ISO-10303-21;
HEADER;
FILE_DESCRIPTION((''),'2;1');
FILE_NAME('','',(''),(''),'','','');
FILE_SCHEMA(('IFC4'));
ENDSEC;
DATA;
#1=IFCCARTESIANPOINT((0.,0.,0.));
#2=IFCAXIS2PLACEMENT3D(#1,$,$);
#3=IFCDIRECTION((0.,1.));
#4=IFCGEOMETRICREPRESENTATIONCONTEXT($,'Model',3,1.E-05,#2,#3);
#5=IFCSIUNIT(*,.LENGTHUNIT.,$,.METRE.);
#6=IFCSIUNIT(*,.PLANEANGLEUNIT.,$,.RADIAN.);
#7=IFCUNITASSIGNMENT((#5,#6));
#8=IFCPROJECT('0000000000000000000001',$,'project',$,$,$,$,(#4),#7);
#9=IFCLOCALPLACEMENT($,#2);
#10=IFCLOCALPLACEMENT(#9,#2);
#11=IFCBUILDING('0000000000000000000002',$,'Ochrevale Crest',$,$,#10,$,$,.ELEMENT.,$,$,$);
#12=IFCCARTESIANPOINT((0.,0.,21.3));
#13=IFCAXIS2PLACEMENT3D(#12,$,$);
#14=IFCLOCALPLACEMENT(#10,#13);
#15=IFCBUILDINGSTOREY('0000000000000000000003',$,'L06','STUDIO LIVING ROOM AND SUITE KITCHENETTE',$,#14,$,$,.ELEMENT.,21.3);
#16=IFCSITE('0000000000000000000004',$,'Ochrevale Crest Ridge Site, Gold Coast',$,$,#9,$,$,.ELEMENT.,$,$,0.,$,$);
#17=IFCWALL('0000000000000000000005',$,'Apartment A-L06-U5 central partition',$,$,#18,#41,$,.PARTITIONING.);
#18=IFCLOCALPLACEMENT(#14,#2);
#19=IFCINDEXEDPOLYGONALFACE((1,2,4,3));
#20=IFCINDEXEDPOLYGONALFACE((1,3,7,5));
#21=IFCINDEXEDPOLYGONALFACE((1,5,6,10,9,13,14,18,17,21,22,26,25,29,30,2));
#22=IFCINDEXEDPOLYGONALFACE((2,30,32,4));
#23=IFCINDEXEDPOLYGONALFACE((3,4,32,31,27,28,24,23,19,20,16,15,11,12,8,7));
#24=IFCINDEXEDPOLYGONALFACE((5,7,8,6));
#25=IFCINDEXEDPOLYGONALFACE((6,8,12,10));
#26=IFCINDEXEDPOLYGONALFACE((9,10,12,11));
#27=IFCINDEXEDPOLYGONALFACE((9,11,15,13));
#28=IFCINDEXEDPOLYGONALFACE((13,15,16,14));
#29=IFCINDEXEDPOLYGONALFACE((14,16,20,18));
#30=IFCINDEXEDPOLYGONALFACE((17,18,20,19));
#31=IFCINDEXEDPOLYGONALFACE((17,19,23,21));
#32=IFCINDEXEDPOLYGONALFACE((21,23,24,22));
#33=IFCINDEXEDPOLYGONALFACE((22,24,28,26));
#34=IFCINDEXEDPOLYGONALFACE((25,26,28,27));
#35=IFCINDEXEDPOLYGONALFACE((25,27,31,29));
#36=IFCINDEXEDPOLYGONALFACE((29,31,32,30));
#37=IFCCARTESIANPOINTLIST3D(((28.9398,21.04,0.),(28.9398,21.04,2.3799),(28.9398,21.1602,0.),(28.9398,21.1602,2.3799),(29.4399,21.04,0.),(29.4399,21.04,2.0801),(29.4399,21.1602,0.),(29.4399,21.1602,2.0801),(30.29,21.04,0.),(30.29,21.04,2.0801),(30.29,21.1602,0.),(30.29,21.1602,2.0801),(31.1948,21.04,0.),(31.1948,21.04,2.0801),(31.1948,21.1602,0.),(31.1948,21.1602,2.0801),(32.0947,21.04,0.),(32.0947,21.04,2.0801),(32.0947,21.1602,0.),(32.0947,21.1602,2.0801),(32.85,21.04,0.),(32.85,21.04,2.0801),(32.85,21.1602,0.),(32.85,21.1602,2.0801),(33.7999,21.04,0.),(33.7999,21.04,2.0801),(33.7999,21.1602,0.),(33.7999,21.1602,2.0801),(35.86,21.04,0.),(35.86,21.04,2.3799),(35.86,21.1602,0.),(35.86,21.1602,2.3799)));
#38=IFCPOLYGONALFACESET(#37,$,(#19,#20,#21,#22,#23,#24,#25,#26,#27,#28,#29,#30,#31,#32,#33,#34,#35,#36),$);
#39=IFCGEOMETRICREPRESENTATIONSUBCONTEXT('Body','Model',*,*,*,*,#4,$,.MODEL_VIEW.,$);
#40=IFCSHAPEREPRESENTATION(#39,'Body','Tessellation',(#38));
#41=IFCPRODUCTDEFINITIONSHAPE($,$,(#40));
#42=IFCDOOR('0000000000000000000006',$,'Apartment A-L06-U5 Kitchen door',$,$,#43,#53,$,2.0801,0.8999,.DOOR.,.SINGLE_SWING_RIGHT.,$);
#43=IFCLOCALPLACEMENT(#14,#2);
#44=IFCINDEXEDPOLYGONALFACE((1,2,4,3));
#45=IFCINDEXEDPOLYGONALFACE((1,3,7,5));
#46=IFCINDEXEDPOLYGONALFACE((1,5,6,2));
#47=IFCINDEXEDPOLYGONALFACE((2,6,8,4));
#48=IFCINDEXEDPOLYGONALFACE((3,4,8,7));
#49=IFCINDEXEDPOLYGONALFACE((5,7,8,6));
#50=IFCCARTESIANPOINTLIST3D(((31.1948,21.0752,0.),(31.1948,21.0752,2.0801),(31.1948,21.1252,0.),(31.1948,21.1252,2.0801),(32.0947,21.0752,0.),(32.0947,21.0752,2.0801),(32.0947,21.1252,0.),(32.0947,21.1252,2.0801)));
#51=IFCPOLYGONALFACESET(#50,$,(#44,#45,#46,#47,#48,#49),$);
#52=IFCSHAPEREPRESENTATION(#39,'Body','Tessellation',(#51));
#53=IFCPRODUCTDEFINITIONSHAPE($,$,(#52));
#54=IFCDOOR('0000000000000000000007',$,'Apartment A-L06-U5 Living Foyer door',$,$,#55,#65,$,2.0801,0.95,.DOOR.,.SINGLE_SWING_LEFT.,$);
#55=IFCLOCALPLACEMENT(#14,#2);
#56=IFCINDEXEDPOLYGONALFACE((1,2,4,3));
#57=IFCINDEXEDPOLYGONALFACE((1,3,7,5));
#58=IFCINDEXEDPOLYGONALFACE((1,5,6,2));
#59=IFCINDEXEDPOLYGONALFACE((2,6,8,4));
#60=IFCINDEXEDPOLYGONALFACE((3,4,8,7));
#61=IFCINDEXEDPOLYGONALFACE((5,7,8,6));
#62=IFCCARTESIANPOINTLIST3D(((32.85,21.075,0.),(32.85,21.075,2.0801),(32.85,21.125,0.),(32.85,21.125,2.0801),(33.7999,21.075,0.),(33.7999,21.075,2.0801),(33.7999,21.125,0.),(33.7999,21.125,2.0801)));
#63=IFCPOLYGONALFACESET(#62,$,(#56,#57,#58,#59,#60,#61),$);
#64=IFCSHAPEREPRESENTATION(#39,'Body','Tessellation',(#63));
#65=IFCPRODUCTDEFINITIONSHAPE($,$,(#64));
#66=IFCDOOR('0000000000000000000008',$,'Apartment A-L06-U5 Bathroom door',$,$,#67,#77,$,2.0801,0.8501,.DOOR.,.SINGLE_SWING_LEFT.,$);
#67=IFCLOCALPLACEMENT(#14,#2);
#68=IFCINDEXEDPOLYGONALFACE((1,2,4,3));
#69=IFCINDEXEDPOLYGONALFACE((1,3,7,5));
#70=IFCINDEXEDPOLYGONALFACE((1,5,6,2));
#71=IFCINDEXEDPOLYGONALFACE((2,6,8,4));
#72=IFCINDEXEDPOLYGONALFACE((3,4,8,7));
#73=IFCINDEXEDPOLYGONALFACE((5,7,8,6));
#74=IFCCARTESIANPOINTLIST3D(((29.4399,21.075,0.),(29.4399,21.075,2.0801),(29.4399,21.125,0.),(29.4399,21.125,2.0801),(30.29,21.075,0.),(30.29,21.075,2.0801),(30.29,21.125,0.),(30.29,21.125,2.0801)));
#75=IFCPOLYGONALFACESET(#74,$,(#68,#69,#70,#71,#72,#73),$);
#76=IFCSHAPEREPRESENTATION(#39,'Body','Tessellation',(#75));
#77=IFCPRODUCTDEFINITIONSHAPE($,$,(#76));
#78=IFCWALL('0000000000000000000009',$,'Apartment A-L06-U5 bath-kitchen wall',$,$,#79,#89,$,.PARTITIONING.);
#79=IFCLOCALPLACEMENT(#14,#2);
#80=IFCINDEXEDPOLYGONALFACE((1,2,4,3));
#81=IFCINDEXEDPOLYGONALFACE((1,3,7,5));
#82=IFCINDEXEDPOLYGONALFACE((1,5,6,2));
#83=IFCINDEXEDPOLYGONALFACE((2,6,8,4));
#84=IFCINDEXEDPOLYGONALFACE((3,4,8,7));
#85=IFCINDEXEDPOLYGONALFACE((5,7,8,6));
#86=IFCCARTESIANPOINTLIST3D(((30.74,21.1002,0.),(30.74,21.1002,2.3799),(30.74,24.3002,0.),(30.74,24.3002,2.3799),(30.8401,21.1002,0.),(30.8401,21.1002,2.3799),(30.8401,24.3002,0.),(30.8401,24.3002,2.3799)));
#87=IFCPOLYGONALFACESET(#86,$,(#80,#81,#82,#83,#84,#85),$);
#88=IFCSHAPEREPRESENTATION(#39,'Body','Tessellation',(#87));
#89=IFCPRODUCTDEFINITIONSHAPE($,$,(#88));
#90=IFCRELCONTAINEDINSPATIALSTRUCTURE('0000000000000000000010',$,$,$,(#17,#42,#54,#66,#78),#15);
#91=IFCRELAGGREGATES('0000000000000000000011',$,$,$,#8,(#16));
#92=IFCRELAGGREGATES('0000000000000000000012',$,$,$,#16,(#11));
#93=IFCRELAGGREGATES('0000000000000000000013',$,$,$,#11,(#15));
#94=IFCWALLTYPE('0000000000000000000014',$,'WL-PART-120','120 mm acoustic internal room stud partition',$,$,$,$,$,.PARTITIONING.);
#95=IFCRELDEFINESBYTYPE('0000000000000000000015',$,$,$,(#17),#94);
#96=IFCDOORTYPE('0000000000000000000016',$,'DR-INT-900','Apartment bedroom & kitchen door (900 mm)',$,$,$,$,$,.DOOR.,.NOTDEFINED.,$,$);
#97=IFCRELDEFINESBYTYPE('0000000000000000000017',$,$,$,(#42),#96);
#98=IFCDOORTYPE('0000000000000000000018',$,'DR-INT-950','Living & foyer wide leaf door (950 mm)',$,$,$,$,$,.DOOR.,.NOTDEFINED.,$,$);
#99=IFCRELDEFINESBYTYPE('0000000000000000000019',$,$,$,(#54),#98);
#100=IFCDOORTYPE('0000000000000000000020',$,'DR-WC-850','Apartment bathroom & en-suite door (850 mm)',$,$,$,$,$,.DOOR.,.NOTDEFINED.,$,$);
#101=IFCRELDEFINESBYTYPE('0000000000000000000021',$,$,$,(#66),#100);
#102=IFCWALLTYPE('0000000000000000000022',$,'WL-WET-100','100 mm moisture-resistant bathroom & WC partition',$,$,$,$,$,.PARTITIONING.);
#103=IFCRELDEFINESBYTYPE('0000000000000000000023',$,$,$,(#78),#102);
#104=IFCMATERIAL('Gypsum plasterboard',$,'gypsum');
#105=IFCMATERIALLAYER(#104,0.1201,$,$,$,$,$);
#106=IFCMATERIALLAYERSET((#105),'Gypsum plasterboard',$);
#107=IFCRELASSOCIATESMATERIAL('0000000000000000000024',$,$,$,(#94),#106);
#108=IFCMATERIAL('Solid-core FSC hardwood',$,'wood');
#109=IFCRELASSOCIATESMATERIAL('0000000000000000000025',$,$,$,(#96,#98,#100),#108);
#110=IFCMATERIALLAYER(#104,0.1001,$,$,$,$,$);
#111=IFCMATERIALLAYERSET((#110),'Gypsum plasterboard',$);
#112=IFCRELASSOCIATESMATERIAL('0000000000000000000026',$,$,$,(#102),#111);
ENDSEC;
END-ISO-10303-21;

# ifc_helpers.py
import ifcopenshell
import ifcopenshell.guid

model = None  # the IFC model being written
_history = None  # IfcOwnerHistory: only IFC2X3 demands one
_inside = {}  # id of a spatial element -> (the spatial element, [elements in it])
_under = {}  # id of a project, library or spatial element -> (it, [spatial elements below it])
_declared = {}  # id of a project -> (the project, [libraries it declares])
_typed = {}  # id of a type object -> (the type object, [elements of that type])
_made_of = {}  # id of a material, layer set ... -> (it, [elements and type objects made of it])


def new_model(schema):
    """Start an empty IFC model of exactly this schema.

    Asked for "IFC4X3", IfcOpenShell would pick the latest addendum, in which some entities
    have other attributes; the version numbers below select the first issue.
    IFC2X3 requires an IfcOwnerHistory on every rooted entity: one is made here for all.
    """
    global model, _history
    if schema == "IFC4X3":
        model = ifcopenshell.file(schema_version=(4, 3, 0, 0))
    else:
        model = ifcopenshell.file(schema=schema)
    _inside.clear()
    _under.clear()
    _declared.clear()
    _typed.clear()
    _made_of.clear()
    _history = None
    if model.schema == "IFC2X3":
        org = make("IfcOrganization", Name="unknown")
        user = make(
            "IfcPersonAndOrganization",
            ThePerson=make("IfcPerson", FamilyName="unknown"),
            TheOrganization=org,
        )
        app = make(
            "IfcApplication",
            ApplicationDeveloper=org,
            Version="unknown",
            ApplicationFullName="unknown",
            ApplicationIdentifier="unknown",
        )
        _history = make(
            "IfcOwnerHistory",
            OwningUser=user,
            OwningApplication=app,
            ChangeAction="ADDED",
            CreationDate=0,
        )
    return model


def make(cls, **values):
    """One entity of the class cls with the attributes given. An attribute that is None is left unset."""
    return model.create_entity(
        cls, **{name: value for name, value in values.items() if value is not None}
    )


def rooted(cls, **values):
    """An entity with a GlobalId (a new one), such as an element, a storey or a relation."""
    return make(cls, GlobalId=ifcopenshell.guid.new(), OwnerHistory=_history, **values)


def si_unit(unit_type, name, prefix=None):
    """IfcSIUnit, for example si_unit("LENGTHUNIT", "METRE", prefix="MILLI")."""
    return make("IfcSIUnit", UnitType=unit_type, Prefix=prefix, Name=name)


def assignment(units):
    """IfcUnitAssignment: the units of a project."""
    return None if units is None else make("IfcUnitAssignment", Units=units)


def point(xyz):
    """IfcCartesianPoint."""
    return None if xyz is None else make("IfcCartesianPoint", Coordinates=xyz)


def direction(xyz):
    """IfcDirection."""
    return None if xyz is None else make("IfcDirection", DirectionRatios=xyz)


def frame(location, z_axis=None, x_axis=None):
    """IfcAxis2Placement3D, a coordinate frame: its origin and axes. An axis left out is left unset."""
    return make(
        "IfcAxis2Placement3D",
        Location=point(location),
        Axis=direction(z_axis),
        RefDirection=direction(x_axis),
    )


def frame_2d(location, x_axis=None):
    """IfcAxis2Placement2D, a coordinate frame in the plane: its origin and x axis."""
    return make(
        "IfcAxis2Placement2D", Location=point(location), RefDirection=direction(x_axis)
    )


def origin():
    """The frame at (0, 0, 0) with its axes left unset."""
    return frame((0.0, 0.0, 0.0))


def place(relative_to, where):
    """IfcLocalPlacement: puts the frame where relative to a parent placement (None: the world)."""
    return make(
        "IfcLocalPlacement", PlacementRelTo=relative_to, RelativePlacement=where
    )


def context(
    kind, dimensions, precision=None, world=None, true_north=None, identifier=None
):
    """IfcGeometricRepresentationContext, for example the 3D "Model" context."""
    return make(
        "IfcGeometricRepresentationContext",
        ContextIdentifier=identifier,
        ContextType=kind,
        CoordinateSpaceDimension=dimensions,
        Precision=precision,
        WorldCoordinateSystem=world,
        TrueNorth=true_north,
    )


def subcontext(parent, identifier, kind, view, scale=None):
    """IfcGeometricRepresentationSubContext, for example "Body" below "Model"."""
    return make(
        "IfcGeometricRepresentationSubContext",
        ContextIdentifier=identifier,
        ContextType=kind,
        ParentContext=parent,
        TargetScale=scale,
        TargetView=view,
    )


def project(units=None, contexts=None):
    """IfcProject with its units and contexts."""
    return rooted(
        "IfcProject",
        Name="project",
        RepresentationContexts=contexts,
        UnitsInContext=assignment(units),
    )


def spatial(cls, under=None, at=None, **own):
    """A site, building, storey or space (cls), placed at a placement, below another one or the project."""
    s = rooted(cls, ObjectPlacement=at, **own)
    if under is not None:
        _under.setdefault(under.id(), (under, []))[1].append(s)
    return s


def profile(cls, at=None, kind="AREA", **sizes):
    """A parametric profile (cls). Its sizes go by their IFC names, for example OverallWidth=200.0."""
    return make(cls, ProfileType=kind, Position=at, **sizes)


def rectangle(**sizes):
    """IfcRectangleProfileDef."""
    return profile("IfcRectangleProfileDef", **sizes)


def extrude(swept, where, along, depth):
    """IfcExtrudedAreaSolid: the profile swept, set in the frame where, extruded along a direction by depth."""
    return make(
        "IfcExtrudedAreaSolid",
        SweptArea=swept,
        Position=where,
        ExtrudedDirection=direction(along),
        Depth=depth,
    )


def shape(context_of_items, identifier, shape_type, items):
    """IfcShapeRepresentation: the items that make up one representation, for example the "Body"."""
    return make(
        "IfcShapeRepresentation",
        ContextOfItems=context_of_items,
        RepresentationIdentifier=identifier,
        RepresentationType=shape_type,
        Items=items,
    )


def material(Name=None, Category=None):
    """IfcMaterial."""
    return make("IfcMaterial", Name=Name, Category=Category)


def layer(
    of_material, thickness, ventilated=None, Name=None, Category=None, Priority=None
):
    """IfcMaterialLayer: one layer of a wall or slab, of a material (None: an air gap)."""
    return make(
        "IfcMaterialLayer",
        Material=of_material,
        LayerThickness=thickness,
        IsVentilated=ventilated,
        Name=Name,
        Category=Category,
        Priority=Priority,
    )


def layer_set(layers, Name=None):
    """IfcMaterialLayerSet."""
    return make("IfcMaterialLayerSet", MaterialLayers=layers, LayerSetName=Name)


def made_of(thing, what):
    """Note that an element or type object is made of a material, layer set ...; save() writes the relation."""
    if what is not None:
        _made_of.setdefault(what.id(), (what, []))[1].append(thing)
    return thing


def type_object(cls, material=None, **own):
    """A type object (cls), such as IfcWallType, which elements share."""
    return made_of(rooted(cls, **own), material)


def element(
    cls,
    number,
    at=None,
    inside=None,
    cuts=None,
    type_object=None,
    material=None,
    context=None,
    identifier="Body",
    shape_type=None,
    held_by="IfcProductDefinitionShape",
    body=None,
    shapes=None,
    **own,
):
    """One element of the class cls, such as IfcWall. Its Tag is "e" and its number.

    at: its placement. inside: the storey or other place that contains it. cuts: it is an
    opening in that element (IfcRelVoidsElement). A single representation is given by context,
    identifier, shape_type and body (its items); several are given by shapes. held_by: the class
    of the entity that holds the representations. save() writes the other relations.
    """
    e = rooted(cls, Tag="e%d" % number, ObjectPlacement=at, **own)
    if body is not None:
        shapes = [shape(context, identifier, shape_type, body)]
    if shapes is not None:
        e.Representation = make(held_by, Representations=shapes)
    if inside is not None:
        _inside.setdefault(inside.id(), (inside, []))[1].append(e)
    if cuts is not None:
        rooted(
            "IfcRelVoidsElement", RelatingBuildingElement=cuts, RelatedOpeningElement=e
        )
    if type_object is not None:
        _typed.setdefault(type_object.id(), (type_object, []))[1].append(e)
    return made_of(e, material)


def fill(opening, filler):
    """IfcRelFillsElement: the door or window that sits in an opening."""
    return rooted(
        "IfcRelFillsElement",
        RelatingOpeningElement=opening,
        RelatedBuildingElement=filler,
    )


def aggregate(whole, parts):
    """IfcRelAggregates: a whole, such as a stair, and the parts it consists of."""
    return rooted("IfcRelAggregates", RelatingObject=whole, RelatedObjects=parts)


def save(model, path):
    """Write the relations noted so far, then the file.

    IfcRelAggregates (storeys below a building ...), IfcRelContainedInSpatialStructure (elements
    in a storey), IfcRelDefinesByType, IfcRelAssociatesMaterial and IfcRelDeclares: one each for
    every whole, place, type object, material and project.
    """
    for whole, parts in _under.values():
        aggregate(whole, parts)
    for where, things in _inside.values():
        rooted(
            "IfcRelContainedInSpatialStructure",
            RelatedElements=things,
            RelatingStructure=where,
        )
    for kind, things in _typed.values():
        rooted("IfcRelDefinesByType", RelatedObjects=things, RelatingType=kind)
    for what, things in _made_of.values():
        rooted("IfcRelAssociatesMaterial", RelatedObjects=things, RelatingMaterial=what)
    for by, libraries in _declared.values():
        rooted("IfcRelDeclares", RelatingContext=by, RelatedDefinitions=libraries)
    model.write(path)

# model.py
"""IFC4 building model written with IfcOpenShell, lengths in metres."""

from ifc_helpers import new_model, si_unit, direction, frame, frame_2d, origin, place, context, subcontext, project, spatial, rectangle, extrude, material, layer, layer_set, type_object, element, fill, save


model = new_model("IFC4")

# Units and contexts
model_context = context("Model", 3, precision=1e-05, world=origin(), true_north=direction((0.0, 1.0)))
body_context = subcontext(model_context, "Body", "Model", "MODEL_VIEW")
ifc_project = project(units=[si_unit("LENGTHUNIT", "METRE"), si_unit("PLANEANGLEUNIT", "RADIAN")], contexts=[model_context])

# Site, building, storey
site_placement = place(None, origin())
site = spatial("IfcSite", under=ifc_project, at=site_placement, Name="Ochrevale Crest Ridge Site, Gold Coast", CompositionType="ELEMENT", RefElevation=0.0)
building_placement = place(site_placement, origin())
building = spatial("IfcBuilding", under=site, at=building_placement, Name="Ochrevale Crest", CompositionType="ELEMENT")
storey_placement = place(building_placement, frame((0.0, 0.0, 21.3)))
storey = spatial("IfcBuildingStorey", under=building, at=storey_placement, Name="L06", Description="STUDIO LIVING ROOM AND SUITE KITCHENETTE", CompositionType="ELEMENT", Elevation=21.3)

# Shared definitions
ifc_material_1 = material(Name="Gypsum plasterboard", Category="gypsum")
ifc_layer_1 = layer(ifc_material_1, 0.1201)
ifc_layer_set_1 = layer_set([ifc_layer_1], Name="Gypsum plasterboard")
wall_type_1 = type_object("IfcWallType", Name="WL-PART-120", Description="120 mm acoustic internal room stud partition", PredefinedType="PARTITIONING", material=ifc_layer_set_1)

# Wall, openings, doors
wall_1_placement = place(storey_placement, frame((28.9399, 21.1001, 0.0), z_axis=(0.0, 0.0, 1.0), x_axis=(1.0, 0.0, 0.0)))
wall_1 = element("IfcWall", 1, at=wall_1_placement, inside=storey, type_object=wall_type_1, Name="Apartment A-L06-U5 central partition", PredefinedType="PARTITIONING", context=body_context, shape_type="SweptSolid", body=[
    extrude(rectangle(XDim=6.9202, YDim=0.1201, at=frame_2d((3.46, 0.0))), origin(), (0.0, 0.0, 1.0), 2.3799),
])
opening_1_placement = place(wall_1_placement, frame((0.5, 0.0, 0.0)))
opening_1 = element("IfcOpeningElement", 2, at=opening_1_placement, cuts=wall_1, PredefinedType="OPENING", context=body_context, shape_type="SweptSolid", body=[
    extrude(rectangle(XDim=0.8501, YDim=2.0801, at=frame_2d((0.425, 1.04))), frame((0.0, 0.0701, 0.0), z_axis=(0.0, -1.0, 0.0), x_axis=(1.0, 0.0, 0.0)), (0.0, 0.0, 1.0), 0.1401),
])
opening_2_placement = place(wall_1_placement, frame((3.1548, 0.0, 0.0), z_axis=(0.0, 0.0, 1.0), x_axis=(-1.0, 0.0, 0.0)))
opening_2 = element("IfcOpeningElement", 3, at=opening_2_placement, cuts=wall_1, PredefinedType="OPENING", context=body_context, shape_type="SweptSolid", body=[
    extrude(rectangle(XDim=0.8999, YDim=2.0801, at=frame_2d((0.45, 1.04))), frame((0.0, 0.0701, 0.0), z_axis=(0.0, -1.0, 0.0), x_axis=(1.0, 0.0, 0.0)), (0.0, 0.0, 1.0), 0.1401),
])
opening_3_placement = place(wall_1_placement, frame((3.9099, 0.0, 0.0)))
opening_3 = element("IfcOpeningElement", 4, at=opening_3_placement, cuts=wall_1, PredefinedType="OPENING", context=body_context, shape_type="SweptSolid", body=[
    extrude(rectangle(XDim=0.95, YDim=2.0801, at=frame_2d((0.4751, 1.04))), frame((0.0, 0.0701, 0.0), z_axis=(0.0, -1.0, 0.0), x_axis=(1.0, 0.0, 0.0)), (0.0, 0.0, 1.0), 0.1401),
])
ifc_material_2 = material(Name="Solid-core FSC hardwood", Category="wood")
door_type_1 = type_object("IfcDoorType", Name="DR-INT-900", Description="Apartment bedroom & kitchen door (900 mm)", OperationType="NOTDEFINED", PredefinedType="DOOR", material=ifc_material_2)
door_1_placement = place(opening_2_placement, origin())
door_1 = element("IfcDoor", 5, at=door_1_placement, inside=storey, type_object=door_type_1, Name="Apartment A-L06-U5 Kitchen door", OperationType="SINGLE_SWING_RIGHT", OverallHeight=2.0801, OverallWidth=0.8999, PredefinedType="DOOR", context=body_context, shape_type="SweptSolid", body=[
    extrude(rectangle(XDim=0.8999, YDim=2.0801, at=frame_2d((0.45, 1.04))), frame((0.0, 0.0249, 0.0), z_axis=(0.0, -1.0, 0.0), x_axis=(1.0, 0.0, 0.0)), (0.0, 0.0, 1.0), 0.05),
])
fill(opening_2, door_1)
door_type_2 = type_object("IfcDoorType", Name="DR-INT-950", Description="Living & foyer wide leaf door (950 mm)", OperationType="NOTDEFINED", PredefinedType="DOOR", material=ifc_material_2)
door_2_placement = place(opening_3_placement, origin())
door_2 = element("IfcDoor", 6, at=door_2_placement, inside=storey, type_object=door_type_2, Name="Apartment A-L06-U5 Living Foyer door", OperationType="SINGLE_SWING_LEFT", OverallHeight=2.0801, OverallWidth=0.95, PredefinedType="DOOR", context=body_context, shape_type="SweptSolid", body=[
    extrude(rectangle(XDim=0.95, YDim=2.0801, at=frame_2d((0.4751, 1.04))), frame((0.0, 0.0249, 0.0), z_axis=(0.0, -1.0, 0.0), x_axis=(1.0, 0.0, 0.0)), (0.0, 0.0, 1.0), 0.05),
])
fill(opening_3, door_2)
door_type_3 = type_object("IfcDoorType", Name="DR-WC-850", Description="Apartment bathroom & en-suite door (850 mm)", OperationType="NOTDEFINED", PredefinedType="DOOR", material=ifc_material_2)
door_3_placement = place(opening_1_placement, origin())
door_3 = element("IfcDoor", 7, at=door_3_placement, inside=storey, type_object=door_type_3, Name="Apartment A-L06-U5 Bathroom door", OperationType="SINGLE_SWING_LEFT", OverallHeight=2.0801, OverallWidth=0.8501, PredefinedType="DOOR", context=body_context, shape_type="SweptSolid", body=[
    extrude(rectangle(XDim=0.8501, YDim=2.0801, at=frame_2d((0.425, 1.04))), frame((0.0, 0.0249, 0.0), z_axis=(0.0, -1.0, 0.0), x_axis=(1.0, 0.0, 0.0)), (0.0, 0.0, 1.0), 0.05),
])
fill(opening_1, door_3)

# Wall
ifc_layer_2 = layer(ifc_material_1, 0.1001)
ifc_layer_set_2 = layer_set([ifc_layer_2], Name="Gypsum plasterboard")
wall_type_2 = type_object("IfcWallType", Name="WL-WET-100", Description="100 mm moisture-resistant bathroom & WC partition", PredefinedType="PARTITIONING", material=ifc_layer_set_2)
wall_2_placement = place(storey_placement, frame((30.79, 21.1001, 0.0), z_axis=(0.0, 0.0, 1.0), x_axis=(0.0, 1.0, 0.0)))
element("IfcWall", 8, at=wall_2_placement, inside=storey, type_object=wall_type_2, Name="Apartment A-L06-U5 bath-kitchen wall", PredefinedType="PARTITIONING", context=body_context, shape_type="SweptSolid", body=[
    extrude(rectangle(XDim=3.2, YDim=0.1001, at=frame_2d((1.6001, 0.0))), origin(), (0.0, 0.0, 1.0), 2.3799),
])

save(model, "model.ifc")
